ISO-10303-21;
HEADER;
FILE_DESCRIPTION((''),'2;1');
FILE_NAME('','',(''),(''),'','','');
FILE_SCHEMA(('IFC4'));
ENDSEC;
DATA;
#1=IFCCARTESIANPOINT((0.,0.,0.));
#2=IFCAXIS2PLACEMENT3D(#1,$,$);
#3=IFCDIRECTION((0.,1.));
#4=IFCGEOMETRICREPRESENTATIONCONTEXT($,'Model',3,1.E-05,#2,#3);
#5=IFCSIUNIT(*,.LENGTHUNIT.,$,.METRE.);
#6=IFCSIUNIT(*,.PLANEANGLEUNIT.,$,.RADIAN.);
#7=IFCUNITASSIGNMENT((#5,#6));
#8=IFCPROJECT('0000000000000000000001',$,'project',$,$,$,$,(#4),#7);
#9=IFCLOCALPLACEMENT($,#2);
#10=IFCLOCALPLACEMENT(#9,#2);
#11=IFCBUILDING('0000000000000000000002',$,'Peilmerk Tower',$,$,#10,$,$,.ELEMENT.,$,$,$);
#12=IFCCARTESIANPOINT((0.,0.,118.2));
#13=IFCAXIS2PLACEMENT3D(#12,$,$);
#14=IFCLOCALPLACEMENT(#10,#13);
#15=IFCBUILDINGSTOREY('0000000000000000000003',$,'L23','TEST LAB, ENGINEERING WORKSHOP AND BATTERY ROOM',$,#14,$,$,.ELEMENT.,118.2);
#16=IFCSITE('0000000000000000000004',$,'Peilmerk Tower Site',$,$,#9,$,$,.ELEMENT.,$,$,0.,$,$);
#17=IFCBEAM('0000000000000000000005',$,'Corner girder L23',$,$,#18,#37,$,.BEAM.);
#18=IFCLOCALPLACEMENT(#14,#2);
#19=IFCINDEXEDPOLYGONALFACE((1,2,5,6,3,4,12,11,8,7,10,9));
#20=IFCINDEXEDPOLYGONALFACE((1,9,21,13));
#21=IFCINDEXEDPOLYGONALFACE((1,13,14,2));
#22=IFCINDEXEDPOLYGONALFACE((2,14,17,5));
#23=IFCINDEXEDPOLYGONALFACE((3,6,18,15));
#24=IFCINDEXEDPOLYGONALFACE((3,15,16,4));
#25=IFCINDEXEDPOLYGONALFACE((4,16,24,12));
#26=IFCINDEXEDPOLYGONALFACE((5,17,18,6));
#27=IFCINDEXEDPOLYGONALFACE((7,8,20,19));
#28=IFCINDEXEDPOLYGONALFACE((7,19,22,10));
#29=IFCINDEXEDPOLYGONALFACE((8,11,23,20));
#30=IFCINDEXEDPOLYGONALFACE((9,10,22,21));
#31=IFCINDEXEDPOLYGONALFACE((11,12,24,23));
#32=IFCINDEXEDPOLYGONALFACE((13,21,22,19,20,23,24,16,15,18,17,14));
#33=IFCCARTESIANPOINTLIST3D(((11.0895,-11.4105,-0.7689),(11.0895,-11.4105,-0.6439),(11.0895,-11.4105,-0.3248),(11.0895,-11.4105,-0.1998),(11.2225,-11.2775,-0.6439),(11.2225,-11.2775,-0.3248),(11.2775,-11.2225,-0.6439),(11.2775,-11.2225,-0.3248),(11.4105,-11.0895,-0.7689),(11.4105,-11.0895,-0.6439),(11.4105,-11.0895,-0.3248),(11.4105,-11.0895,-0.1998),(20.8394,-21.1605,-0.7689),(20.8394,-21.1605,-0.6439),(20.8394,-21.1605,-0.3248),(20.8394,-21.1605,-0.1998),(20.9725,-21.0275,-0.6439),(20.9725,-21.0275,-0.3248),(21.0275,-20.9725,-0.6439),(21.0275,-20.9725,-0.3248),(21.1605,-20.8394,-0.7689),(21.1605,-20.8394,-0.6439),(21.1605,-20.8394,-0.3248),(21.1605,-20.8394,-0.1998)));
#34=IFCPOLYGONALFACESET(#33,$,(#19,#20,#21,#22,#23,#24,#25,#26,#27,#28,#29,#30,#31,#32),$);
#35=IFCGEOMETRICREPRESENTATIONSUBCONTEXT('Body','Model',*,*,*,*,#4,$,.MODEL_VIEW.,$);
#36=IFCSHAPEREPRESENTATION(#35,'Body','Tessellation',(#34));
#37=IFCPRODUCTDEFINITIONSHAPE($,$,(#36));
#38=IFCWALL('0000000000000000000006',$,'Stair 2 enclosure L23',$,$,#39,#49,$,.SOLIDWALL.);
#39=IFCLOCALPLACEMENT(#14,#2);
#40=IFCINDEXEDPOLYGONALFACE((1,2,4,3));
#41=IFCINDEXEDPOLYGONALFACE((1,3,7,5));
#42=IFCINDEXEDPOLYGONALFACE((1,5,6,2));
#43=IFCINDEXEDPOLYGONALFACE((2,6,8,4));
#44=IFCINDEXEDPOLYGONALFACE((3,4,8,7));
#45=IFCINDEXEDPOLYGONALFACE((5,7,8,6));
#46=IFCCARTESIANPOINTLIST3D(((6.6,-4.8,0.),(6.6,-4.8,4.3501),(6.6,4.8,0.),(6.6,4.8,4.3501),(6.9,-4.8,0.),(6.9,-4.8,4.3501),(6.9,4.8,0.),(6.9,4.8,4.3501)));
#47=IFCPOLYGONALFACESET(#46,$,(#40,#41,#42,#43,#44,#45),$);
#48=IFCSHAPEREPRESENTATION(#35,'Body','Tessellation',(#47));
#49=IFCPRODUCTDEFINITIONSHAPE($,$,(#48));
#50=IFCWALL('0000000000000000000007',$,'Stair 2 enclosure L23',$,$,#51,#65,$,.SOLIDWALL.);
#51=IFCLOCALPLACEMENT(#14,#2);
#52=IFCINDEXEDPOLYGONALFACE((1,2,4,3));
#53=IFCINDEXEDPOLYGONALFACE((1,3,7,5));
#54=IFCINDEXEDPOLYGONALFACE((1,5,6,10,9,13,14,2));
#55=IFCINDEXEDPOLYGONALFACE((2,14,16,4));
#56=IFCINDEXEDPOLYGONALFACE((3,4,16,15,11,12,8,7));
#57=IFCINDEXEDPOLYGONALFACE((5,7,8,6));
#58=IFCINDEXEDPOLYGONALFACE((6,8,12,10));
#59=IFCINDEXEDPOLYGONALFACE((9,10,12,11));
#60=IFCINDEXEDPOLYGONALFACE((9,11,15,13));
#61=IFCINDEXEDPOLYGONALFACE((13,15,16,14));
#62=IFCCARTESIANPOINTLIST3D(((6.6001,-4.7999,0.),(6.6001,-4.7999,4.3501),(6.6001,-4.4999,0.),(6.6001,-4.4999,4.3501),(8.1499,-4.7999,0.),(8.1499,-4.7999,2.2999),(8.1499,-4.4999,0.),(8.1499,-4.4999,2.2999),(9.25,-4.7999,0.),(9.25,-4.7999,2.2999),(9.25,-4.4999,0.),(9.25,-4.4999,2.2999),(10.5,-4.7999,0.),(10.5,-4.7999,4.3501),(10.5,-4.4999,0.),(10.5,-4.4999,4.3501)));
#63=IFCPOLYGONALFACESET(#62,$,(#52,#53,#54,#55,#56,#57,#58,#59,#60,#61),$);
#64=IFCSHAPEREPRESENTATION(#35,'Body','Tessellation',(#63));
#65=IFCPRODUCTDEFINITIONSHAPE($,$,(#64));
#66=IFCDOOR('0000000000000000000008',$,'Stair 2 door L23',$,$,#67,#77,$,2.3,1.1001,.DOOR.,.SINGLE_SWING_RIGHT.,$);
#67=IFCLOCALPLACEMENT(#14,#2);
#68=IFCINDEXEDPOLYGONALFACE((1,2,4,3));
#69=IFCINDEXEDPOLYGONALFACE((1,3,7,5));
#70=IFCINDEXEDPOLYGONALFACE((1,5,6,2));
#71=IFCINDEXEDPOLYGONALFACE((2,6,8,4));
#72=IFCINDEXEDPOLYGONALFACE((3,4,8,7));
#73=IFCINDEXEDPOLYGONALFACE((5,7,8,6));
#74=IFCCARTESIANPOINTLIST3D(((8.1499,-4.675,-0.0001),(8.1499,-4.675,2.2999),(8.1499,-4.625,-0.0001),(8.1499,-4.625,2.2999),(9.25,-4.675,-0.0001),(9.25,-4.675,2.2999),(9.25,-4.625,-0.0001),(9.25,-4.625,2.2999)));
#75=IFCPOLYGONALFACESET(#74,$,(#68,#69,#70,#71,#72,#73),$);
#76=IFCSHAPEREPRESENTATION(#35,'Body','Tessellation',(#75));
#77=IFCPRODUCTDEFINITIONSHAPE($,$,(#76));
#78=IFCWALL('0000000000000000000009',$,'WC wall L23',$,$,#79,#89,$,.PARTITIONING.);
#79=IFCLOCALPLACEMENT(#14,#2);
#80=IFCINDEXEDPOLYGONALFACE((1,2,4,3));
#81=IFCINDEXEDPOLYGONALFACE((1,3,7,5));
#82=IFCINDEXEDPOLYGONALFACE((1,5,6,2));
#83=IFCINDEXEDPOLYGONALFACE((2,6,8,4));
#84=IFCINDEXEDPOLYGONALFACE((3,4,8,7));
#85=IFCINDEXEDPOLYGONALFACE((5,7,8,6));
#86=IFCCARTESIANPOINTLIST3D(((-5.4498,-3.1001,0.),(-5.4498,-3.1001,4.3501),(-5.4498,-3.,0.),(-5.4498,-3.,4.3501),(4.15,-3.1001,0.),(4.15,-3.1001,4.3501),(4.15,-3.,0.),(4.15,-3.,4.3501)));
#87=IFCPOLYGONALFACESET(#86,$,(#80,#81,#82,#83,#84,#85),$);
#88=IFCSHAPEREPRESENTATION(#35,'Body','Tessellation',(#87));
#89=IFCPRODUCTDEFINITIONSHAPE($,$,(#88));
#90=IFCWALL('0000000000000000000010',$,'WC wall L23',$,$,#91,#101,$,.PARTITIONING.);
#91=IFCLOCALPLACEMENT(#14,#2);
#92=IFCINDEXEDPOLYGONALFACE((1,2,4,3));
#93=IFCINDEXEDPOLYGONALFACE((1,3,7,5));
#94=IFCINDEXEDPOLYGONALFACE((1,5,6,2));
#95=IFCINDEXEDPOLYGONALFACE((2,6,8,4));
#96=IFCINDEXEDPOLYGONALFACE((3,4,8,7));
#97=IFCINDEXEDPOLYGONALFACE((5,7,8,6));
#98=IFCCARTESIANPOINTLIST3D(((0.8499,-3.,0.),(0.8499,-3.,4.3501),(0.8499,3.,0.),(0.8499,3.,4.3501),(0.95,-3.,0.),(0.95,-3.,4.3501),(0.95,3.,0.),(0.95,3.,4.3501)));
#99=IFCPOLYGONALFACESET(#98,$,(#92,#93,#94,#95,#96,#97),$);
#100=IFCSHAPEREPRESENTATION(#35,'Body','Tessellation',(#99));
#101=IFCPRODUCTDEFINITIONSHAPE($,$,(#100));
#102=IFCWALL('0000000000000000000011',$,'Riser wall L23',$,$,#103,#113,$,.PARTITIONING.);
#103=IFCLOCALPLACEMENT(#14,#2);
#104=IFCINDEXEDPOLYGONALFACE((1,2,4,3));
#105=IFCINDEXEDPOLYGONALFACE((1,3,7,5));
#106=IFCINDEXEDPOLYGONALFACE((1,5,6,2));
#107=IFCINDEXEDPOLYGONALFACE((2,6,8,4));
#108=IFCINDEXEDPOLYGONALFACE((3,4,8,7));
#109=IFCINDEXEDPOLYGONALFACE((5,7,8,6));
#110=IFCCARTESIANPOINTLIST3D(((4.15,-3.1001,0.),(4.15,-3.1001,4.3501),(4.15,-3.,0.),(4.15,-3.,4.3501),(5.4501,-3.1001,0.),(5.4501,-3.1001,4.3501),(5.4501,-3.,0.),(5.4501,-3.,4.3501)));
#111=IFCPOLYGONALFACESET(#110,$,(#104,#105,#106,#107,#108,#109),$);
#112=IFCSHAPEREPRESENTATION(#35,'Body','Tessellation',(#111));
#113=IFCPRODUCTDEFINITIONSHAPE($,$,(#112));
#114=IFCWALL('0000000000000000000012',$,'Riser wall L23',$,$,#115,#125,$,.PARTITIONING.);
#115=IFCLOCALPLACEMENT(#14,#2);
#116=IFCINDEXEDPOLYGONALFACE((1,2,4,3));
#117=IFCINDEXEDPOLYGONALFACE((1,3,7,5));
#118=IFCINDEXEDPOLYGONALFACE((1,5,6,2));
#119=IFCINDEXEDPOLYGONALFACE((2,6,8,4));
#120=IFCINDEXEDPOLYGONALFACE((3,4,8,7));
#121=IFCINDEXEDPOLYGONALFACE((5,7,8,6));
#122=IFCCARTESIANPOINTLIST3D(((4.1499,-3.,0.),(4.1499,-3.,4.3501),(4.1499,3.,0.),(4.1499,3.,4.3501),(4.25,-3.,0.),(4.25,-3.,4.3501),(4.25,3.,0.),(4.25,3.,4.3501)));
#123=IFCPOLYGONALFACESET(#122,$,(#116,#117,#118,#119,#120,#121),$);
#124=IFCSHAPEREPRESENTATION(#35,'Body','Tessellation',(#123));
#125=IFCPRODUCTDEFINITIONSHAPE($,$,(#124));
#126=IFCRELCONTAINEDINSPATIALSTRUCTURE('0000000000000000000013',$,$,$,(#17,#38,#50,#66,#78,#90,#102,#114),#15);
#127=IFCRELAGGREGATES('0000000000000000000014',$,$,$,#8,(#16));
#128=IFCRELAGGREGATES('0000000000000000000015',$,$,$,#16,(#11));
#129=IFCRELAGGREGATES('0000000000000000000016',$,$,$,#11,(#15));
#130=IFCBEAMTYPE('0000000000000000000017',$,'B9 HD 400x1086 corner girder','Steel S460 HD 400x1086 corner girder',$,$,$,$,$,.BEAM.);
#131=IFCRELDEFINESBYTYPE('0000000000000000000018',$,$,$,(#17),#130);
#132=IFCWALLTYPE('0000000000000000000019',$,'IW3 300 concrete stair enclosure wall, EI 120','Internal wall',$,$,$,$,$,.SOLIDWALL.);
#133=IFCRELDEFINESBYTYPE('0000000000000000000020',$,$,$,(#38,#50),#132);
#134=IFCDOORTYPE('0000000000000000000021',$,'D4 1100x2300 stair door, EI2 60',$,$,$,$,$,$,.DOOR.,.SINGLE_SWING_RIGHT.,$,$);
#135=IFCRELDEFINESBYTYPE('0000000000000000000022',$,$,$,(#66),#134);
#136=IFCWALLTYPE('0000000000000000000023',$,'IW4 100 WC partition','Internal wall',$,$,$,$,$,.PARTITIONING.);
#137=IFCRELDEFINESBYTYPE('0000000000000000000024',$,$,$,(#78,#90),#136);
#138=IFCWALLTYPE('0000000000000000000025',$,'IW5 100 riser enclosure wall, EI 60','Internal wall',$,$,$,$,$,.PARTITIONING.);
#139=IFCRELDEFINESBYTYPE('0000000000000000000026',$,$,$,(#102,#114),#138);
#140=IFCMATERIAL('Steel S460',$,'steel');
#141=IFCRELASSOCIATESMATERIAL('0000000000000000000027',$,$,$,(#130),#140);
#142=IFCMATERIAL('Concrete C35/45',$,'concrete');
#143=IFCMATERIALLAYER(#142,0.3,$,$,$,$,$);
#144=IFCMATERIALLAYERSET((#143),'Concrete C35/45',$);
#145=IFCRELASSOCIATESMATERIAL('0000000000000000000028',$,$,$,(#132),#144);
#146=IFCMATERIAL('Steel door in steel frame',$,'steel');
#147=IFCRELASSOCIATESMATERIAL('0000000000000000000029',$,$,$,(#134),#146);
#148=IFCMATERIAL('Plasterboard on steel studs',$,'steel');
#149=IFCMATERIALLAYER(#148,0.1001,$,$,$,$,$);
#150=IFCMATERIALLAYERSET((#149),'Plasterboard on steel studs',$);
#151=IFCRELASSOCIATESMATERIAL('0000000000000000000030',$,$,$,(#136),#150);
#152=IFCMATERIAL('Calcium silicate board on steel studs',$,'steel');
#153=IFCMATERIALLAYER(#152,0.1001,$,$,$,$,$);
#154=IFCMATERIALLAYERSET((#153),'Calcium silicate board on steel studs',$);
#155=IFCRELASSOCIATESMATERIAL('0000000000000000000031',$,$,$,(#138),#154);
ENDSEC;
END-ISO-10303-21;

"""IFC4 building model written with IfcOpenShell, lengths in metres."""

from ifc_helpers import new_model, si_unit, direction, frame, frame_2d, origin, origin_2d, place, context, subcontext, project, spatial, rectangle, i_section, extrude, material, layer, layer_set, material_profile, profile_set, type_object, element, fill, save


model = new_model("IFC4")

# Units and contexts
model_context = context("Model", 3, precision=1e-05, world=origin(), true_north=direction((0.0, 1.0)))
body_context = subcontext(model_context, "Body", "Model", "MODEL_VIEW")
ifc_project = project(units=[si_unit("LENGTHUNIT", "METRE"), si_unit("PLANEANGLEUNIT", "RADIAN")], contexts=[model_context])

# Site, building, storey
site_placement = place(None, origin())
site = spatial("IfcSite", under=ifc_project, at=site_placement, Name="Peilmerk Tower Site", CompositionType="ELEMENT", RefElevation=0.0)
building_placement = place(site_placement, origin())
building = spatial("IfcBuilding", under=site, at=building_placement, Name="Peilmerk Tower", CompositionType="ELEMENT")
storey_placement = place(building_placement, frame((0.0, 0.0, 118.2)))
storey = spatial("IfcBuildingStorey", under=building, at=storey_placement, Name="L23", Description="TEST LAB, ENGINEERING WORKSHOP AND BATTERY ROOM", CompositionType="ELEMENT", Elevation=118.2)

# Beam
ifc_material_1 = material(Name="Steel S460", Category="steel")
ifc_material_profile = material_profile(ifc_material_1, i_section(OverallWidth=0.4541, OverallDepth=0.5691, WebThickness=0.0779, FlangeThickness=0.125, at=origin_2d()), Name="HD 400x1086")
ifc_profile_set = profile_set([ifc_material_profile], Name="Steel S460")
beam_type = type_object("IfcBeamType", Name="B9 HD 400x1086 corner girder", Description="Steel S460 HD 400x1086 corner girder", PredefinedType="BEAM", material=ifc_profile_set)
beam_placement = place(storey_placement, frame((11.25, -11.25, -0.4844), z_axis=(0.707107, -0.707107, 0.0), x_axis=(0.707107, 0.707107, 0.0)))
element("IfcBeam", 1, at=beam_placement, inside=storey, type_object=beam_type, Name="Corner girder L23", PredefinedType="BEAM", context=body_context, shape_type="SweptSolid", body=[
    extrude(i_section(OverallWidth=0.4541, OverallDepth=0.5691, WebThickness=0.0779, FlangeThickness=0.125, at=origin_2d()), origin(), (0.0, 0.0, 1.0), 13.7886),
])

# Wall
ifc_material_2 = material(Name="Concrete C35/45", Category="concrete")
ifc_layer_1 = layer(ifc_material_2, 0.3)
ifc_layer_set_1 = layer_set([ifc_layer_1], Name="Concrete C35/45")
wall_type_1 = type_object("IfcWallType", Name="IW3 300 concrete stair enclosure wall, EI 120", Description="Internal wall", PredefinedType="SOLIDWALL", material=ifc_layer_set_1)
wall_1_placement = place(storey_placement, frame((6.75, -4.8, 0.0), z_axis=(0.0, 0.0, 1.0), x_axis=(0.0, 1.0, 0.0)))
element("IfcWall", 2, at=wall_1_placement, inside=storey, type_object=wall_type_1, Name="Stair 2 enclosure L23", PredefinedType="SOLIDWALL", context=body_context, shape_type="SweptSolid", body=[
    extrude(rectangle(XDim=9.6001, YDim=0.3, at=frame_2d((4.8, 0.0))), origin(), (0.0, 0.0, 1.0), 4.3501),
])

# Wall, opening, door
wall_2_placement = place(storey_placement, frame((10.5, -4.6499, 0.0), z_axis=(0.0, 0.0, 1.0), x_axis=(-1.0, 0.0, 0.0)))
wall_2 = element("IfcWall", 3, at=wall_2_placement, inside=storey, type_object=wall_type_1, Name="Stair 2 enclosure L23", PredefinedType="SOLIDWALL", context=body_context, shape_type="SweptSolid", body=[
    extrude(rectangle(XDim=3.8999, YDim=0.3, at=frame_2d((1.95, 0.0))), origin(), (0.0, 0.0, 1.0), 4.3501),
])
opening_1_placement = place(wall_2_placement, frame((1.25, 0.0, 0.0)))
opening_1 = element("IfcOpeningElement", 4, at=opening_1_placement, cuts=wall_2, PredefinedType="OPENING", context=body_context, shape_type="SweptSolid", body=[
    extrude(rectangle(XDim=1.1001, YDim=2.3, at=frame_2d((0.55, 1.1499))), frame((0.0, 0.1599, 0.0), z_axis=(0.0, -1.0, 0.0), x_axis=(1.0, 0.0, 0.0)), (0.0, 0.0, 1.0), 0.3201),
])
ifc_material_3 = material(Name="Steel door in steel frame", Category="steel")
door_type_1 = type_object("IfcDoorType", Name="D4 1100x2300 stair door, EI2 60", OperationType="SINGLE_SWING_RIGHT", PredefinedType="DOOR", material=ifc_material_3)
door_1_placement = place(opening_1_placement, frame((1.1001, 0.0, 0.0), z_axis=(0.0, 0.0, 1.0), x_axis=(-1.0, 0.0, 0.0)))
door_1 = element("IfcDoor", 5, at=door_1_placement, inside=storey, type_object=door_type_1, Name="Stair 2 door L23", OperationType="SINGLE_SWING_RIGHT", OverallHeight=2.3, OverallWidth=1.1001, PredefinedType="DOOR", context=body_context, shape_type="SweptSolid", body=[
    extrude(rectangle(XDim=1.1001, YDim=2.3, at=frame_2d((0.55, 1.1499))), frame((0.0, 0.0249, 0.0), z_axis=(0.0, -1.0, 0.0), x_axis=(1.0, 0.0, 0.0)), (0.0, 0.0, 1.0), 0.05),
])
fill(opening_1, door_1)

# Walls
ifc_material_4 = material(Name="Plasterboard on steel studs", Category="steel")
ifc_layer_2 = layer(ifc_material_4, 0.1001)
ifc_layer_set_2 = layer_set([ifc_layer_2], Name="Plasterboard on steel studs")
wall_type_2 = type_object("IfcWallType", Name="IW4 100 WC partition", Description="Internal wall", PredefinedType="PARTITIONING", material=ifc_layer_set_2)
wall_3_placement = place(storey_placement, frame((4.1499, -3.05, 0.0), z_axis=(0.0, 0.0, 1.0), x_axis=(-1.0, 0.0, 0.0)))
element("IfcWall", 6, at=wall_3_placement, inside=storey, type_object=wall_type_2, Name="WC wall L23", PredefinedType="PARTITIONING", context=body_context, shape_type="SweptSolid", body=[
    extrude(rectangle(XDim=9.5999, YDim=0.1001, at=frame_2d((4.7998, 0.0))), origin(), (0.0, 0.0, 1.0), 4.3501),
])
wall_4_placement = place(storey_placement, frame((0.8999, -3.0, 0.0), z_axis=(0.0, 0.0, 1.0), x_axis=(0.0, 1.0, 0.0)))
element("IfcWall", 7, at=wall_4_placement, inside=storey, type_object=wall_type_2, Name="WC wall L23", PredefinedType="PARTITIONING", context=body_context, shape_type="SweptSolid", body=[
    extrude(rectangle(XDim=6.0, YDim=0.1001, at=frame_2d((3.0, 0.0))), origin(), (0.0, 0.0, 1.0), 4.3501),
])
ifc_material_5 = material(Name="Calcium silicate board on steel studs", Category="steel")
ifc_layer_3 = layer(ifc_material_5, 0.1001)
ifc_layer_set_3 = layer_set([ifc_layer_3], Name="Calcium silicate board on steel studs")
wall_type_3 = type_object("IfcWallType", Name="IW5 100 riser enclosure wall, EI 60", Description="Internal wall", PredefinedType="PARTITIONING", material=ifc_layer_set_3)
wall_5_placement = place(storey_placement, frame((5.45, -3.05, 0.0), z_axis=(0.0, 0.0, 1.0), x_axis=(-1.0, 0.0, 0.0)))
element("IfcWall", 8, at=wall_5_placement, inside=storey, type_object=wall_type_3, Name="Riser wall L23", PredefinedType="PARTITIONING", context=body_context, shape_type="SweptSolid", body=[
    extrude(rectangle(XDim=1.3, YDim=0.1001, at=frame_2d((0.6499, 0.0))), origin(), (0.0, 0.0, 1.0), 4.3501),
])
wall_6_placement = place(storey_placement, frame((4.2, -3.0, 0.0), z_axis=(0.0, 0.0, 1.0), x_axis=(0.0, 1.0, 0.0)))
element("IfcWall", 9, at=wall_6_placement, inside=storey, type_object=wall_type_3, Name="Riser wall L23", PredefinedType="PARTITIONING", context=body_context, shape_type="SweptSolid", body=[
    extrude(rectangle(XDim=6.0, YDim=0.1001, at=frame_2d((3.0, 0.0))), origin(), (0.0, 0.0, 1.0), 4.3501),
])

save(model, "model.ifc")
